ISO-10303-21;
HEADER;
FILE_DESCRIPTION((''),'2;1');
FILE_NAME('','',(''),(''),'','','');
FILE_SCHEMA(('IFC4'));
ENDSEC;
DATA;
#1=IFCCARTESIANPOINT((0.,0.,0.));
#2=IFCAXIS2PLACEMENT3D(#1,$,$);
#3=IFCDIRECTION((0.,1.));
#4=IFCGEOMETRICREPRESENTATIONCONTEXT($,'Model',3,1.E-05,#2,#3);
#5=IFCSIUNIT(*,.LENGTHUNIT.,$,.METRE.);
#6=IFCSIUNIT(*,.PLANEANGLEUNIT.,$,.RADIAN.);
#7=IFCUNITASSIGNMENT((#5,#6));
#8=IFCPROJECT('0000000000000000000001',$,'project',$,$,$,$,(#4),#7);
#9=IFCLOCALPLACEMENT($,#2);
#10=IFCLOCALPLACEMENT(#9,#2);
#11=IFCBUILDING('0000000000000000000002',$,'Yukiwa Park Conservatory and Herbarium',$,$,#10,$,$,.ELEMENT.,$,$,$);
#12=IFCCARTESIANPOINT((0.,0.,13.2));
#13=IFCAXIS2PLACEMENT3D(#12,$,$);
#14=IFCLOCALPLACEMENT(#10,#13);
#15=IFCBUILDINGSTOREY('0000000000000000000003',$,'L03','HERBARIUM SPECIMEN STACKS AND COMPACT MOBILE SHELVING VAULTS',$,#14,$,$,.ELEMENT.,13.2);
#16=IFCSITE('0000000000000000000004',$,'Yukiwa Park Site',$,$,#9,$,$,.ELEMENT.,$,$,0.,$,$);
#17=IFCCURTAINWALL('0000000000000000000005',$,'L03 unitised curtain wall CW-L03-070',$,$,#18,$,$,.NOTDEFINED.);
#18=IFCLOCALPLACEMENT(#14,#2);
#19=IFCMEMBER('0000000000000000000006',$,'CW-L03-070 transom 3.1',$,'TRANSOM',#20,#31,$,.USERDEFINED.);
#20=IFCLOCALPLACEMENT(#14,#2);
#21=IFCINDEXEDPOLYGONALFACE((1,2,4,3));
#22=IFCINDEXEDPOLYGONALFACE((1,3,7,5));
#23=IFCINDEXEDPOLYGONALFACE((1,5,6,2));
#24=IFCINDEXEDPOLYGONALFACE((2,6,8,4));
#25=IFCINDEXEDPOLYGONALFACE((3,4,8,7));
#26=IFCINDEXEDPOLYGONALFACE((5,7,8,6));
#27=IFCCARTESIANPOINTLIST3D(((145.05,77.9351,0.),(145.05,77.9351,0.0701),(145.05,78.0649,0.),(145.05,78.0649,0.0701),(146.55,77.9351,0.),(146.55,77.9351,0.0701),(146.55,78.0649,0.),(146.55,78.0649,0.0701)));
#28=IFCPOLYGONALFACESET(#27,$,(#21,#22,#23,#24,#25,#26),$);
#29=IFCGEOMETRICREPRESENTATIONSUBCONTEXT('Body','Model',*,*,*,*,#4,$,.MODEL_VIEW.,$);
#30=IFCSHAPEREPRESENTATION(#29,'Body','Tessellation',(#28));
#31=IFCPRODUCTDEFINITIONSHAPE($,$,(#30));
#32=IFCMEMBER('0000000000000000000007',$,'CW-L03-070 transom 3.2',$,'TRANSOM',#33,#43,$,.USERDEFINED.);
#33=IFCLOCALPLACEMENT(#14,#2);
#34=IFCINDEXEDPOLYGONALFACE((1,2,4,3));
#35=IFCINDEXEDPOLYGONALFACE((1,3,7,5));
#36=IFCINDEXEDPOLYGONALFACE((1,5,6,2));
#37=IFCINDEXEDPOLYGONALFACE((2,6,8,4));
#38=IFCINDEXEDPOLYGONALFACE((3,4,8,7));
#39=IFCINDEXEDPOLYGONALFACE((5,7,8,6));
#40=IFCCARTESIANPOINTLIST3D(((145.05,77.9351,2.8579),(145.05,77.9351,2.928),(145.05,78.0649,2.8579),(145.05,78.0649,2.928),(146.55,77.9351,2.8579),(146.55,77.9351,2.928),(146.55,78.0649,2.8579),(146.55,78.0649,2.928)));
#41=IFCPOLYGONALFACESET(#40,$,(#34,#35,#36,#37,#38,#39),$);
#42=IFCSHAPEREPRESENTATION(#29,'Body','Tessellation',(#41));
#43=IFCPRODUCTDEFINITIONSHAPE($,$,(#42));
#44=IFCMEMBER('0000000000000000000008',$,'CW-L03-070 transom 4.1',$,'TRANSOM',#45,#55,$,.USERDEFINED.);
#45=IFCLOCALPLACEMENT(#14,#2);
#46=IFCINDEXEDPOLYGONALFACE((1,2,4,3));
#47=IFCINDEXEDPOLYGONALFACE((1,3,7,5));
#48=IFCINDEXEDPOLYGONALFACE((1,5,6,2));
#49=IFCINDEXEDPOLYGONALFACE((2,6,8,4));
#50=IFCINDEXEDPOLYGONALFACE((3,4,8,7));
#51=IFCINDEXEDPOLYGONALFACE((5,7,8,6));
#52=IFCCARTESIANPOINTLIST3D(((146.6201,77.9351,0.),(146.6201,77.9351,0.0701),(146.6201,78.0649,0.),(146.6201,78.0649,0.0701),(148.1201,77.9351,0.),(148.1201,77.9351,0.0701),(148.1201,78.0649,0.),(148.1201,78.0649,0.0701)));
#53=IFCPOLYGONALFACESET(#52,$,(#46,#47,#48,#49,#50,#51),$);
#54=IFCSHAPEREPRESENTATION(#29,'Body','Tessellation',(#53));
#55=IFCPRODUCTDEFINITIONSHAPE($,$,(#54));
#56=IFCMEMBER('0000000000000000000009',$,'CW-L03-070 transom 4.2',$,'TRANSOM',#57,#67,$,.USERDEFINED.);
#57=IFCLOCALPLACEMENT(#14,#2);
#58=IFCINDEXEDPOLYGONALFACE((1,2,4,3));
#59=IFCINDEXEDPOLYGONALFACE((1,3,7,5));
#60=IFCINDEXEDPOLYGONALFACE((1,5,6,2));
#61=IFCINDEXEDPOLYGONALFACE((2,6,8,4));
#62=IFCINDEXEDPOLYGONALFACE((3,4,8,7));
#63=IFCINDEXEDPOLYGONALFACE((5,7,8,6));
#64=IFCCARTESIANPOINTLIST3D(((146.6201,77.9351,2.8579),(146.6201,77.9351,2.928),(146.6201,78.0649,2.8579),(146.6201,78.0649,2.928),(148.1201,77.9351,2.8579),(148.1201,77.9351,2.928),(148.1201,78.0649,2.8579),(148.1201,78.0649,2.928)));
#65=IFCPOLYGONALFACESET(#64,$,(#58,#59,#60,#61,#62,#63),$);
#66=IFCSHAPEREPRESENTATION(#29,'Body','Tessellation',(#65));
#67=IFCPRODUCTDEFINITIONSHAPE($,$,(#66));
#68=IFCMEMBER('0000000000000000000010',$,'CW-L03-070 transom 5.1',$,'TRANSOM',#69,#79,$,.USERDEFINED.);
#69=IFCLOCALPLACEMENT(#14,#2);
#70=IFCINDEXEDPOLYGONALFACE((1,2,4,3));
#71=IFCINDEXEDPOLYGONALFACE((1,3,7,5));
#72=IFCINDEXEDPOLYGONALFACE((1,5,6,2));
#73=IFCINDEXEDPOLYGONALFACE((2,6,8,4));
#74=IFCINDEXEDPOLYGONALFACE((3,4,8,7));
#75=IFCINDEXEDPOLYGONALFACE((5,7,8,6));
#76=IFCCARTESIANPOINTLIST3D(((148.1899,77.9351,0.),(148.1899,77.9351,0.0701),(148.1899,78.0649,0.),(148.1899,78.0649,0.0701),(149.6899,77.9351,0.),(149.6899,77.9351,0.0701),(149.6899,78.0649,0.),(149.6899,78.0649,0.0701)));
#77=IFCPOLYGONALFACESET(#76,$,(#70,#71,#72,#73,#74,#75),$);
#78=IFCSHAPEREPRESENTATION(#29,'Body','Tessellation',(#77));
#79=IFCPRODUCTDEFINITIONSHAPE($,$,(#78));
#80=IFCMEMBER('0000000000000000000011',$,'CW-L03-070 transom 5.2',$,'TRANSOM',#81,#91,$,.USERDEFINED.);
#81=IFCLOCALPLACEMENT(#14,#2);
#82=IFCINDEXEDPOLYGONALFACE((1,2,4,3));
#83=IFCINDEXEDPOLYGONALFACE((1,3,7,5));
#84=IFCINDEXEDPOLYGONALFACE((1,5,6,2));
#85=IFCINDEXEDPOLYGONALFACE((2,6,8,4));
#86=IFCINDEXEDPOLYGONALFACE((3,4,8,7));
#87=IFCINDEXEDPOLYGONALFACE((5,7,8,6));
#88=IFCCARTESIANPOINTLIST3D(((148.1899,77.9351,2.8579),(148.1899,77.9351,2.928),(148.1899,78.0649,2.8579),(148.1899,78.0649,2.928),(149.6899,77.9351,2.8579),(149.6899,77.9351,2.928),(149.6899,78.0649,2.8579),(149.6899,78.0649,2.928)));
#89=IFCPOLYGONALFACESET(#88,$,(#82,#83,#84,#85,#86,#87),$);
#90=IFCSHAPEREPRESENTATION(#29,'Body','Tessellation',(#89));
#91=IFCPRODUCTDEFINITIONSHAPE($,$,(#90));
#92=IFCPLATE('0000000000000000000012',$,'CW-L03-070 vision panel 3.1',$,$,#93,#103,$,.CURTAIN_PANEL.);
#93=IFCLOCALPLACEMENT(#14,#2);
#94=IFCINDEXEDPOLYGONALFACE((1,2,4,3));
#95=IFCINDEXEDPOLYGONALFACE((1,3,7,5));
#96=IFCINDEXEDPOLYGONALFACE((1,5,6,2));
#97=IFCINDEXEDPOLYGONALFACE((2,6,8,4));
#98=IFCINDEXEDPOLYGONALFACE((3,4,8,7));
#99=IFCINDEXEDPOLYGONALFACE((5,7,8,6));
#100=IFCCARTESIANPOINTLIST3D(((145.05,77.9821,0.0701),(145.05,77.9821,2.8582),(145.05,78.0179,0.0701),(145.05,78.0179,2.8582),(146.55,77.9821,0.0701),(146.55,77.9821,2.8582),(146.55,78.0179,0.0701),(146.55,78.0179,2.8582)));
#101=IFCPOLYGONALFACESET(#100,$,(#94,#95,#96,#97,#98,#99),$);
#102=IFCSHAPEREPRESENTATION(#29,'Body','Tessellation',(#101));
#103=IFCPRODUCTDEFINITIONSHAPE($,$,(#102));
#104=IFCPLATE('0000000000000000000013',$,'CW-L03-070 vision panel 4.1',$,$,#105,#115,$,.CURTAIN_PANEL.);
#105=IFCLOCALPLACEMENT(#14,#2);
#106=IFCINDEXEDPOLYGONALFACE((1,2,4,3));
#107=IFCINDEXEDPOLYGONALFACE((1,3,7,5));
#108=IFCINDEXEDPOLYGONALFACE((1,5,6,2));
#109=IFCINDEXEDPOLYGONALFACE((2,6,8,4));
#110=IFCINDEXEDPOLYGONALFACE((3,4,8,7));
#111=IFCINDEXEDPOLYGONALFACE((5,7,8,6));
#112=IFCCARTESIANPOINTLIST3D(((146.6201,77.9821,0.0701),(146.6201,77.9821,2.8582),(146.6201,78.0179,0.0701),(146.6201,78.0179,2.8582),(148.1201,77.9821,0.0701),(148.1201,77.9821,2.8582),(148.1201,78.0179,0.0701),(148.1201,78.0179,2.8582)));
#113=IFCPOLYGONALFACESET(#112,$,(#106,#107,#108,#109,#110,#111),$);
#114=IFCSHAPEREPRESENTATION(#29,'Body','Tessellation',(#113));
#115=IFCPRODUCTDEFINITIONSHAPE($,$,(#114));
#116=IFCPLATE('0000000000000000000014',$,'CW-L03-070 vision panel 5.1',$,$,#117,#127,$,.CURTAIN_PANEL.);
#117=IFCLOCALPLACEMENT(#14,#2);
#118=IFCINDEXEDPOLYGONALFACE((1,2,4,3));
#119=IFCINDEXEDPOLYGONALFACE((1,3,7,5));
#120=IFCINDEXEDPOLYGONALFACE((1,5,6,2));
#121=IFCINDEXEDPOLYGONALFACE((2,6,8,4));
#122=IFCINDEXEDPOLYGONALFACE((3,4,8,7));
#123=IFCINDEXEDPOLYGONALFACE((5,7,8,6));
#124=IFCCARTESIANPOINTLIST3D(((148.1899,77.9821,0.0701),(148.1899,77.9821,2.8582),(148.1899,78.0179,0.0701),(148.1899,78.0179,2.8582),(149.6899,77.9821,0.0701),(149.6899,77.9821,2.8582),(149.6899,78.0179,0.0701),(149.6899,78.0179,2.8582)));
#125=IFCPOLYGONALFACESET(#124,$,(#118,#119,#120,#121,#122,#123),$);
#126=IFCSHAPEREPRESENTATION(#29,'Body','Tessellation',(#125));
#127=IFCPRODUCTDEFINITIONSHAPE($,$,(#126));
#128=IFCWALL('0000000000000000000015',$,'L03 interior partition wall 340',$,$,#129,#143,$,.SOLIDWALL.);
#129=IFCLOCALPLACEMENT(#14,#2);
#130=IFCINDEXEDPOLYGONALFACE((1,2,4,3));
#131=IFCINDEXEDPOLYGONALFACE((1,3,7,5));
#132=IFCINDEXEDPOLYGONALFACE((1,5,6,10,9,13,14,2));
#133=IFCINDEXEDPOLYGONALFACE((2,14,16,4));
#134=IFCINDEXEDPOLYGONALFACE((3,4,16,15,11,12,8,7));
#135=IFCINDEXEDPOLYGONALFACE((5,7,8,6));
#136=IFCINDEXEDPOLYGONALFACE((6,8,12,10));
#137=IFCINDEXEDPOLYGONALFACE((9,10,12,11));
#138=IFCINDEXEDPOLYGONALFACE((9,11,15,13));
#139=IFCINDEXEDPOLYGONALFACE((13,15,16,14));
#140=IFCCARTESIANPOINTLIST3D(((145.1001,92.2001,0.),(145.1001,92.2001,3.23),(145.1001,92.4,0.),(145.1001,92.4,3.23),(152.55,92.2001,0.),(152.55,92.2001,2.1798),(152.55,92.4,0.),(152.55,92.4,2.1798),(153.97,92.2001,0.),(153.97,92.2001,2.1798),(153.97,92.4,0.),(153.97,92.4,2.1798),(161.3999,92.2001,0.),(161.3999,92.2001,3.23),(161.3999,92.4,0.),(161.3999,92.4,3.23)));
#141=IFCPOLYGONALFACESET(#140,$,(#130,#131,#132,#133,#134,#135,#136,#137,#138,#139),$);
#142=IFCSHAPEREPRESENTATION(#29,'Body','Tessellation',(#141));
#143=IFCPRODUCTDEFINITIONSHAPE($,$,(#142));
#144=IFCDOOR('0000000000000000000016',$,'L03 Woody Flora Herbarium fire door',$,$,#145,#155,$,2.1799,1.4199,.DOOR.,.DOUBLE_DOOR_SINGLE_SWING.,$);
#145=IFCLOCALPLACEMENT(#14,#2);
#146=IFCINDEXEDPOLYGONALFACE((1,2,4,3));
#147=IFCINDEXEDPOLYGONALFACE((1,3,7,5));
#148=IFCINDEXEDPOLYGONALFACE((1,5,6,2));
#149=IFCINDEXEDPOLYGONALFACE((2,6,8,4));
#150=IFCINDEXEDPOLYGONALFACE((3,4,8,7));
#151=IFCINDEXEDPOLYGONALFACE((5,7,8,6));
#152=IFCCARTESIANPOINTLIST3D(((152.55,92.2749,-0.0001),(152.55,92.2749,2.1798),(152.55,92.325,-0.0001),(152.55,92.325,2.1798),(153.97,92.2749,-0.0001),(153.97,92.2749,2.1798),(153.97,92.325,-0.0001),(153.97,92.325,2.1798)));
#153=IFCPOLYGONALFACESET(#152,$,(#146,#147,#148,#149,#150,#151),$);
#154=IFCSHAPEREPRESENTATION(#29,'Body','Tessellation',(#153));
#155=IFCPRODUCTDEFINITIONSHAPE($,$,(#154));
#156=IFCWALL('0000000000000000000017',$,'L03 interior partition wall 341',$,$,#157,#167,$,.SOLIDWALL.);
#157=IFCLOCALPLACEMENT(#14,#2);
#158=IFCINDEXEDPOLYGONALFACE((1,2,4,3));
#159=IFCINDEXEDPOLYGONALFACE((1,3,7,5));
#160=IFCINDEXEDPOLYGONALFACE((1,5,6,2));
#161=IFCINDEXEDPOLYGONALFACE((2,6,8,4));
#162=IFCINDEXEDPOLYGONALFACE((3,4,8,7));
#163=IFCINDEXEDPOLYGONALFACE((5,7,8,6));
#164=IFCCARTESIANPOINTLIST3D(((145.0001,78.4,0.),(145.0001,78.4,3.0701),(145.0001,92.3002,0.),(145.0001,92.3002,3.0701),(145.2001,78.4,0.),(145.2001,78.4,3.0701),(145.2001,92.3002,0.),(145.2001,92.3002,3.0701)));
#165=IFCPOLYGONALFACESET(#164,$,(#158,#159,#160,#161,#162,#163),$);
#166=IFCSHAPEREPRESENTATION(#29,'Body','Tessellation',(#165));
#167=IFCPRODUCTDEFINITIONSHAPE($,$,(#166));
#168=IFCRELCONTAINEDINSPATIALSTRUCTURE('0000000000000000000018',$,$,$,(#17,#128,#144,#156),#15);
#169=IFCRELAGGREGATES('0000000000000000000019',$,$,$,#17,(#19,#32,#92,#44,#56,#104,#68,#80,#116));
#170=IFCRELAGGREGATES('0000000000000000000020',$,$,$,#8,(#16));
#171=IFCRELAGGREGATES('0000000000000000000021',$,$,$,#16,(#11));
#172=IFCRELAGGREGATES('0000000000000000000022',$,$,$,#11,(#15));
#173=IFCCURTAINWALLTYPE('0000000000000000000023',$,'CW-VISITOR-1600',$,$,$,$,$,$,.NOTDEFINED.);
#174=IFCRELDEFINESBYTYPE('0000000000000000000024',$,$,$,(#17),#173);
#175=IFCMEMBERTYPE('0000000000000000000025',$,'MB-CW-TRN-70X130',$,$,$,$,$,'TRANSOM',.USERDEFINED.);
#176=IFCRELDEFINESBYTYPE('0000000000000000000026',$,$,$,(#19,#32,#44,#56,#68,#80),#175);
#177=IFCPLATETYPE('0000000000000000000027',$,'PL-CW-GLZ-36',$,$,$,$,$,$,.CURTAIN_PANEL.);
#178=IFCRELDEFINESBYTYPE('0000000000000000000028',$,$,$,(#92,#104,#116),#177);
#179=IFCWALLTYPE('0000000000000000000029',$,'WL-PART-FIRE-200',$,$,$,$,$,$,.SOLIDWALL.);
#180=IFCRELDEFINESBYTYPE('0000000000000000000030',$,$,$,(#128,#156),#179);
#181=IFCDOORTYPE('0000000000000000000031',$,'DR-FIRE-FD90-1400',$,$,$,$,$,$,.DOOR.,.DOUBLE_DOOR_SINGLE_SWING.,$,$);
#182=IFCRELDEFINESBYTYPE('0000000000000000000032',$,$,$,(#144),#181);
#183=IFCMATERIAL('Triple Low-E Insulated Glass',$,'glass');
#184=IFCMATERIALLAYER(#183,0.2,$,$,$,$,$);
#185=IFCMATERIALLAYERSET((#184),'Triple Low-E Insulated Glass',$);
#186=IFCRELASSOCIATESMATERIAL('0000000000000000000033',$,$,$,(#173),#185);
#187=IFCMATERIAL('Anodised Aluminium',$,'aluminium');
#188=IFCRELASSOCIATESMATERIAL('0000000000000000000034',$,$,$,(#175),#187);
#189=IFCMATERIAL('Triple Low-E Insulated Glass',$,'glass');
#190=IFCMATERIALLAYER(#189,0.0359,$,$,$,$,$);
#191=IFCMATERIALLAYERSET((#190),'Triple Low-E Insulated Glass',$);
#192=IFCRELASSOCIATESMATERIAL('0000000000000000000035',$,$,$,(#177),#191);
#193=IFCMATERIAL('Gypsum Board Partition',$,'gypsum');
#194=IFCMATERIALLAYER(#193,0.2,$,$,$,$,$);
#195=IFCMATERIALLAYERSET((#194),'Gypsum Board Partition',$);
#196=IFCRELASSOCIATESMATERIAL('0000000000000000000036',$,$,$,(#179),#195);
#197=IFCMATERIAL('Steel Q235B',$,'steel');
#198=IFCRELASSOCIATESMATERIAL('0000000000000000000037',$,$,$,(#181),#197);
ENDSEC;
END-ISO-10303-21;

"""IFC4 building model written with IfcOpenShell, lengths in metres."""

from ifc_helpers import new_model, si_unit, direction, frame, frame_2d, origin, origin_2d, place, context, subcontext, project, spatial, rectangle, extrude, material, layer, layer_set, type_object, element, fill, aggregate, save


model = new_model("IFC4")

# Units and contexts
model_context = context("Model", 3, precision=1e-05, world=origin(), true_north=direction((0.0, 1.0)))
body_context = subcontext(model_context, "Body", "Model", "MODEL_VIEW")
ifc_project = project(units=[si_unit("LENGTHUNIT", "METRE"), si_unit("PLANEANGLEUNIT", "RADIAN")], contexts=[model_context])

# Site, building, storey
site_placement = place(None, origin())
site = spatial("IfcSite", under=ifc_project, at=site_placement, Name="Yukiwa Park Site", CompositionType="ELEMENT", RefElevation=0.0)
building_placement = place(site_placement, origin())
building = spatial("IfcBuilding", under=site, at=building_placement, Name="Yukiwa Park Conservatory and Herbarium", CompositionType="ELEMENT")
storey_placement = place(building_placement, frame((0.0, 0.0, 13.2)))
storey = spatial("IfcBuildingStorey", under=building, at=storey_placement, Name="L03", Description="HERBARIUM SPECIMEN STACKS AND COMPACT MOBILE SHELVING VAULTS", CompositionType="ELEMENT", Elevation=13.2)

# Curtain wall, members, plates
ifc_material_1 = material(Name="Triple Low-E Insulated Glass", Category="glass")
ifc_layer_1 = layer(ifc_material_1, 0.2)
ifc_layer_set_1 = layer_set([ifc_layer_1], Name="Triple Low-E Insulated Glass")
curtain_wall_type = type_object("IfcCurtainWallType", Name="CW-VISITOR-1600", PredefinedType="NOTDEFINED", material=ifc_layer_set_1)
curtain_wall_placement = place(storey_placement, origin())
curtain_wall = element("IfcCurtainWall", 1, at=curtain_wall_placement, inside=storey, type_object=curtain_wall_type, Name="L03 unitised curtain wall CW-L03-070", PredefinedType="NOTDEFINED")
ifc_material_2 = material(Name="Anodised Aluminium", Category="aluminium")
member_type_1 = type_object("IfcMemberType", Name="MB-CW-TRN-70X130", ElementType="TRANSOM", PredefinedType="USERDEFINED", material=ifc_material_2)
member_1_placement = place(storey_placement, frame((145.8, 78.0, 0.0), z_axis=(0.0, 0.0, 1.0), x_axis=(1.0, 0.0, 0.0)))
member_1 = element("IfcMember", 2, at=member_1_placement, type_object=member_type_1, Name="CW-L03-070 transom 3.1", ObjectType="TRANSOM", PredefinedType="USERDEFINED", context=body_context, shape_type="SweptSolid", body=[
    extrude(rectangle(XDim=1.5, YDim=0.1299, at=origin_2d()), origin(), (0.0, 0.0, 1.0), 0.0701),
])
member_2_placement = place(storey_placement, frame((145.8, 78.0, 2.8579), z_axis=(0.0, 0.0, 1.0), x_axis=(1.0, 0.0, 0.0)))
member_2 = element("IfcMember", 3, at=member_2_placement, type_object=member_type_1, Name="CW-L03-070 transom 3.2", ObjectType="TRANSOM", PredefinedType="USERDEFINED", context=body_context, shape_type="SweptSolid", body=[
    extrude(rectangle(XDim=1.5, YDim=0.1299, at=origin_2d()), origin(), (0.0, 0.0, 1.0), 0.0701),
])
member_3_placement = place(storey_placement, frame((147.3701, 78.0, 0.0), z_axis=(0.0, 0.0, 1.0), x_axis=(1.0, 0.0, 0.0)))
member_3 = element("IfcMember", 4, at=member_3_placement, type_object=member_type_1, Name="CW-L03-070 transom 4.1", ObjectType="TRANSOM", PredefinedType="USERDEFINED", context=body_context, shape_type="SweptSolid", body=[
    extrude(rectangle(XDim=1.5, YDim=0.1299, at=origin_2d()), origin(), (0.0, 0.0, 1.0), 0.0701),
])
member_4_placement = place(storey_placement, frame((147.3701, 78.0, 2.8579), z_axis=(0.0, 0.0, 1.0), x_axis=(1.0, 0.0, 0.0)))
member_4 = element("IfcMember", 5, at=member_4_placement, type_object=member_type_1, Name="CW-L03-070 transom 4.2", ObjectType="TRANSOM", PredefinedType="USERDEFINED", context=body_context, shape_type="SweptSolid", body=[
    extrude(rectangle(XDim=1.5, YDim=0.1299, at=origin_2d()), origin(), (0.0, 0.0, 1.0), 0.0701),
])
member_5_placement = place(storey_placement, frame((148.9399, 78.0, 0.0), z_axis=(0.0, 0.0, 1.0), x_axis=(1.0, 0.0, 0.0)))
member_5 = element("IfcMember", 6, at=member_5_placement, type_object=member_type_1, Name="CW-L03-070 transom 5.1", ObjectType="TRANSOM", PredefinedType="USERDEFINED", context=body_context, shape_type="SweptSolid", body=[
    extrude(rectangle(XDim=1.5, YDim=0.1299, at=origin_2d()), origin(), (0.0, 0.0, 1.0), 0.0701),
])
member_6_placement = place(storey_placement, frame((148.9399, 78.0, 2.8579), z_axis=(0.0, 0.0, 1.0), x_axis=(1.0, 0.0, 0.0)))
member_6 = element("IfcMember", 7, at=member_6_placement, type_object=member_type_1, Name="CW-L03-070 transom 5.2", ObjectType="TRANSOM", PredefinedType="USERDEFINED", context=body_context, shape_type="SweptSolid", body=[
    extrude(rectangle(XDim=1.5, YDim=0.1299, at=origin_2d()), origin(), (0.0, 0.0, 1.0), 0.0701),
])
ifc_material_3 = material(Name="Triple Low-E Insulated Glass", Category="glass")
ifc_layer_2 = layer(ifc_material_3, 0.0359)
ifc_layer_set_2 = layer_set([ifc_layer_2], Name="Triple Low-E Insulated Glass")
plate_type = type_object("IfcPlateType", Name="PL-CW-GLZ-36", PredefinedType="CURTAIN_PANEL", material=ifc_layer_set_2)
plate_1_placement = place(storey_placement, frame((145.8, 78.0, 0.0701), z_axis=(0.0, 0.0, 1.0), x_axis=(1.0, 0.0, 0.0)))
plate_1 = element("IfcPlate", 8, at=plate_1_placement, type_object=plate_type, Name="CW-L03-070 vision panel 3.1", PredefinedType="CURTAIN_PANEL", context=body_context, shape_type="SweptSolid", body=[
    extrude(rectangle(XDim=1.5, YDim=0.0359, at=origin_2d()), origin(), (0.0, 0.0, 1.0), 2.7881),
])
plate_2_placement = place(storey_placement, frame((147.3701, 78.0, 0.0701), z_axis=(0.0, 0.0, 1.0), x_axis=(1.0, 0.0, 0.0)))
plate_2 = element("IfcPlate", 9, at=plate_2_placement, type_object=plate_type, Name="CW-L03-070 vision panel 4.1", PredefinedType="CURTAIN_PANEL", context=body_context, shape_type="SweptSolid", body=[
    extrude(rectangle(XDim=1.5, YDim=0.0359, at=origin_2d()), origin(), (0.0, 0.0, 1.0), 2.7881),
])
plate_3_placement = place(storey_placement, frame((148.9399, 78.0, 0.0701), z_axis=(0.0, 0.0, 1.0), x_axis=(1.0, 0.0, 0.0)))
plate_3 = element("IfcPlate", 10, at=plate_3_placement, type_object=plate_type, Name="CW-L03-070 vision panel 5.1", PredefinedType="CURTAIN_PANEL", context=body_context, shape_type="SweptSolid", body=[
    extrude(rectangle(XDim=1.5, YDim=0.0359, at=origin_2d()), origin(), (0.0, 0.0, 1.0), 2.7881),
])
aggregate(curtain_wall, [member_1, member_2, plate_1, member_3, member_4, plate_2, member_5, member_6, plate_3])

# Wall, opening, door
ifc_material_4 = material(Name="Gypsum Board Partition", Category="gypsum")
ifc_layer_3 = layer(ifc_material_4, 0.2)
ifc_layer_set_3 = layer_set([ifc_layer_3], Name="Gypsum Board Partition")
wall_type = type_object("IfcWallType", Name="WL-PART-FIRE-200", PredefinedType="SOLIDWALL", material=ifc_layer_set_3)
wall_1_placement = place(storey_placement, frame((145.1001, 92.3, 0.0), z_axis=(0.0, 0.0, 1.0), x_axis=(1.0, 0.0, 0.0)))
wall_1 = element("IfcWall", 11, at=wall_1_placement, inside=storey, type_object=wall_type, Name="L03 interior partition wall 340", PredefinedType="SOLIDWALL", context=body_context, shape_type="SweptSolid", body=[
    extrude(rectangle(XDim=16.2998, YDim=0.2, at=frame_2d((8.1499, 0.0))), origin(), (0.0, 0.0, 1.0), 3.23),
])
opening_placement = place(wall_1_placement, frame((7.45, 0.0, 0.0)))
opening = element("IfcOpeningElement", 12, at=opening_placement, cuts=wall_1, PredefinedType="OPENING", context=body_context, shape_type="SweptSolid", body=[
    extrude(rectangle(XDim=1.4199, YDim=2.1799, at=frame_2d((0.71, 1.0898))), frame((0.0, 0.1099, 0.0), z_axis=(0.0, -1.0, 0.0), x_axis=(1.0, 0.0, 0.0)), (0.0, 0.0, 1.0), 0.22),
])
ifc_material_5 = material(Name="Steel Q235B", Category="steel")
door_type = type_object("IfcDoorType", Name="DR-FIRE-FD90-1400", OperationType="DOUBLE_DOOR_SINGLE_SWING", PredefinedType="DOOR", material=ifc_material_5)
door_placement = place(opening_placement, origin())
door = element("IfcDoor", 13, at=door_placement, inside=storey, type_object=door_type, Name="L03 Woody Flora Herbarium fire door", OperationType="DOUBLE_DOOR_SINGLE_SWING", OverallHeight=2.1799, OverallWidth=1.4199, PredefinedType="DOOR", context=body_context, shape_type="SweptSolid", body=[
    extrude(rectangle(XDim=1.4199, YDim=2.1799, at=frame_2d((0.71, 1.0898))), frame((0.0, 0.0249, 0.0), z_axis=(0.0, -1.0, 0.0), x_axis=(1.0, 0.0, 0.0)), (0.0, 0.0, 1.0), 0.05),
])
fill(opening, door)

# Wall
wall_2_placement = place(storey_placement, frame((145.1001, 78.3999, 0.0), z_axis=(0.0, 0.0, 1.0), x_axis=(0.0, 1.0, 0.0)))
element("IfcWall", 14, at=wall_2_placement, inside=storey, type_object=wall_type, Name="L03 interior partition wall 341", PredefinedType="SOLIDWALL", context=body_context, shape_type="SweptSolid", body=[
    extrude(rectangle(XDim=13.9001, YDim=0.2, at=frame_2d((6.9502, 0.0))), origin(), (0.0, 0.0, 1.0), 3.0701),
])

save(model, "model.ifc")
